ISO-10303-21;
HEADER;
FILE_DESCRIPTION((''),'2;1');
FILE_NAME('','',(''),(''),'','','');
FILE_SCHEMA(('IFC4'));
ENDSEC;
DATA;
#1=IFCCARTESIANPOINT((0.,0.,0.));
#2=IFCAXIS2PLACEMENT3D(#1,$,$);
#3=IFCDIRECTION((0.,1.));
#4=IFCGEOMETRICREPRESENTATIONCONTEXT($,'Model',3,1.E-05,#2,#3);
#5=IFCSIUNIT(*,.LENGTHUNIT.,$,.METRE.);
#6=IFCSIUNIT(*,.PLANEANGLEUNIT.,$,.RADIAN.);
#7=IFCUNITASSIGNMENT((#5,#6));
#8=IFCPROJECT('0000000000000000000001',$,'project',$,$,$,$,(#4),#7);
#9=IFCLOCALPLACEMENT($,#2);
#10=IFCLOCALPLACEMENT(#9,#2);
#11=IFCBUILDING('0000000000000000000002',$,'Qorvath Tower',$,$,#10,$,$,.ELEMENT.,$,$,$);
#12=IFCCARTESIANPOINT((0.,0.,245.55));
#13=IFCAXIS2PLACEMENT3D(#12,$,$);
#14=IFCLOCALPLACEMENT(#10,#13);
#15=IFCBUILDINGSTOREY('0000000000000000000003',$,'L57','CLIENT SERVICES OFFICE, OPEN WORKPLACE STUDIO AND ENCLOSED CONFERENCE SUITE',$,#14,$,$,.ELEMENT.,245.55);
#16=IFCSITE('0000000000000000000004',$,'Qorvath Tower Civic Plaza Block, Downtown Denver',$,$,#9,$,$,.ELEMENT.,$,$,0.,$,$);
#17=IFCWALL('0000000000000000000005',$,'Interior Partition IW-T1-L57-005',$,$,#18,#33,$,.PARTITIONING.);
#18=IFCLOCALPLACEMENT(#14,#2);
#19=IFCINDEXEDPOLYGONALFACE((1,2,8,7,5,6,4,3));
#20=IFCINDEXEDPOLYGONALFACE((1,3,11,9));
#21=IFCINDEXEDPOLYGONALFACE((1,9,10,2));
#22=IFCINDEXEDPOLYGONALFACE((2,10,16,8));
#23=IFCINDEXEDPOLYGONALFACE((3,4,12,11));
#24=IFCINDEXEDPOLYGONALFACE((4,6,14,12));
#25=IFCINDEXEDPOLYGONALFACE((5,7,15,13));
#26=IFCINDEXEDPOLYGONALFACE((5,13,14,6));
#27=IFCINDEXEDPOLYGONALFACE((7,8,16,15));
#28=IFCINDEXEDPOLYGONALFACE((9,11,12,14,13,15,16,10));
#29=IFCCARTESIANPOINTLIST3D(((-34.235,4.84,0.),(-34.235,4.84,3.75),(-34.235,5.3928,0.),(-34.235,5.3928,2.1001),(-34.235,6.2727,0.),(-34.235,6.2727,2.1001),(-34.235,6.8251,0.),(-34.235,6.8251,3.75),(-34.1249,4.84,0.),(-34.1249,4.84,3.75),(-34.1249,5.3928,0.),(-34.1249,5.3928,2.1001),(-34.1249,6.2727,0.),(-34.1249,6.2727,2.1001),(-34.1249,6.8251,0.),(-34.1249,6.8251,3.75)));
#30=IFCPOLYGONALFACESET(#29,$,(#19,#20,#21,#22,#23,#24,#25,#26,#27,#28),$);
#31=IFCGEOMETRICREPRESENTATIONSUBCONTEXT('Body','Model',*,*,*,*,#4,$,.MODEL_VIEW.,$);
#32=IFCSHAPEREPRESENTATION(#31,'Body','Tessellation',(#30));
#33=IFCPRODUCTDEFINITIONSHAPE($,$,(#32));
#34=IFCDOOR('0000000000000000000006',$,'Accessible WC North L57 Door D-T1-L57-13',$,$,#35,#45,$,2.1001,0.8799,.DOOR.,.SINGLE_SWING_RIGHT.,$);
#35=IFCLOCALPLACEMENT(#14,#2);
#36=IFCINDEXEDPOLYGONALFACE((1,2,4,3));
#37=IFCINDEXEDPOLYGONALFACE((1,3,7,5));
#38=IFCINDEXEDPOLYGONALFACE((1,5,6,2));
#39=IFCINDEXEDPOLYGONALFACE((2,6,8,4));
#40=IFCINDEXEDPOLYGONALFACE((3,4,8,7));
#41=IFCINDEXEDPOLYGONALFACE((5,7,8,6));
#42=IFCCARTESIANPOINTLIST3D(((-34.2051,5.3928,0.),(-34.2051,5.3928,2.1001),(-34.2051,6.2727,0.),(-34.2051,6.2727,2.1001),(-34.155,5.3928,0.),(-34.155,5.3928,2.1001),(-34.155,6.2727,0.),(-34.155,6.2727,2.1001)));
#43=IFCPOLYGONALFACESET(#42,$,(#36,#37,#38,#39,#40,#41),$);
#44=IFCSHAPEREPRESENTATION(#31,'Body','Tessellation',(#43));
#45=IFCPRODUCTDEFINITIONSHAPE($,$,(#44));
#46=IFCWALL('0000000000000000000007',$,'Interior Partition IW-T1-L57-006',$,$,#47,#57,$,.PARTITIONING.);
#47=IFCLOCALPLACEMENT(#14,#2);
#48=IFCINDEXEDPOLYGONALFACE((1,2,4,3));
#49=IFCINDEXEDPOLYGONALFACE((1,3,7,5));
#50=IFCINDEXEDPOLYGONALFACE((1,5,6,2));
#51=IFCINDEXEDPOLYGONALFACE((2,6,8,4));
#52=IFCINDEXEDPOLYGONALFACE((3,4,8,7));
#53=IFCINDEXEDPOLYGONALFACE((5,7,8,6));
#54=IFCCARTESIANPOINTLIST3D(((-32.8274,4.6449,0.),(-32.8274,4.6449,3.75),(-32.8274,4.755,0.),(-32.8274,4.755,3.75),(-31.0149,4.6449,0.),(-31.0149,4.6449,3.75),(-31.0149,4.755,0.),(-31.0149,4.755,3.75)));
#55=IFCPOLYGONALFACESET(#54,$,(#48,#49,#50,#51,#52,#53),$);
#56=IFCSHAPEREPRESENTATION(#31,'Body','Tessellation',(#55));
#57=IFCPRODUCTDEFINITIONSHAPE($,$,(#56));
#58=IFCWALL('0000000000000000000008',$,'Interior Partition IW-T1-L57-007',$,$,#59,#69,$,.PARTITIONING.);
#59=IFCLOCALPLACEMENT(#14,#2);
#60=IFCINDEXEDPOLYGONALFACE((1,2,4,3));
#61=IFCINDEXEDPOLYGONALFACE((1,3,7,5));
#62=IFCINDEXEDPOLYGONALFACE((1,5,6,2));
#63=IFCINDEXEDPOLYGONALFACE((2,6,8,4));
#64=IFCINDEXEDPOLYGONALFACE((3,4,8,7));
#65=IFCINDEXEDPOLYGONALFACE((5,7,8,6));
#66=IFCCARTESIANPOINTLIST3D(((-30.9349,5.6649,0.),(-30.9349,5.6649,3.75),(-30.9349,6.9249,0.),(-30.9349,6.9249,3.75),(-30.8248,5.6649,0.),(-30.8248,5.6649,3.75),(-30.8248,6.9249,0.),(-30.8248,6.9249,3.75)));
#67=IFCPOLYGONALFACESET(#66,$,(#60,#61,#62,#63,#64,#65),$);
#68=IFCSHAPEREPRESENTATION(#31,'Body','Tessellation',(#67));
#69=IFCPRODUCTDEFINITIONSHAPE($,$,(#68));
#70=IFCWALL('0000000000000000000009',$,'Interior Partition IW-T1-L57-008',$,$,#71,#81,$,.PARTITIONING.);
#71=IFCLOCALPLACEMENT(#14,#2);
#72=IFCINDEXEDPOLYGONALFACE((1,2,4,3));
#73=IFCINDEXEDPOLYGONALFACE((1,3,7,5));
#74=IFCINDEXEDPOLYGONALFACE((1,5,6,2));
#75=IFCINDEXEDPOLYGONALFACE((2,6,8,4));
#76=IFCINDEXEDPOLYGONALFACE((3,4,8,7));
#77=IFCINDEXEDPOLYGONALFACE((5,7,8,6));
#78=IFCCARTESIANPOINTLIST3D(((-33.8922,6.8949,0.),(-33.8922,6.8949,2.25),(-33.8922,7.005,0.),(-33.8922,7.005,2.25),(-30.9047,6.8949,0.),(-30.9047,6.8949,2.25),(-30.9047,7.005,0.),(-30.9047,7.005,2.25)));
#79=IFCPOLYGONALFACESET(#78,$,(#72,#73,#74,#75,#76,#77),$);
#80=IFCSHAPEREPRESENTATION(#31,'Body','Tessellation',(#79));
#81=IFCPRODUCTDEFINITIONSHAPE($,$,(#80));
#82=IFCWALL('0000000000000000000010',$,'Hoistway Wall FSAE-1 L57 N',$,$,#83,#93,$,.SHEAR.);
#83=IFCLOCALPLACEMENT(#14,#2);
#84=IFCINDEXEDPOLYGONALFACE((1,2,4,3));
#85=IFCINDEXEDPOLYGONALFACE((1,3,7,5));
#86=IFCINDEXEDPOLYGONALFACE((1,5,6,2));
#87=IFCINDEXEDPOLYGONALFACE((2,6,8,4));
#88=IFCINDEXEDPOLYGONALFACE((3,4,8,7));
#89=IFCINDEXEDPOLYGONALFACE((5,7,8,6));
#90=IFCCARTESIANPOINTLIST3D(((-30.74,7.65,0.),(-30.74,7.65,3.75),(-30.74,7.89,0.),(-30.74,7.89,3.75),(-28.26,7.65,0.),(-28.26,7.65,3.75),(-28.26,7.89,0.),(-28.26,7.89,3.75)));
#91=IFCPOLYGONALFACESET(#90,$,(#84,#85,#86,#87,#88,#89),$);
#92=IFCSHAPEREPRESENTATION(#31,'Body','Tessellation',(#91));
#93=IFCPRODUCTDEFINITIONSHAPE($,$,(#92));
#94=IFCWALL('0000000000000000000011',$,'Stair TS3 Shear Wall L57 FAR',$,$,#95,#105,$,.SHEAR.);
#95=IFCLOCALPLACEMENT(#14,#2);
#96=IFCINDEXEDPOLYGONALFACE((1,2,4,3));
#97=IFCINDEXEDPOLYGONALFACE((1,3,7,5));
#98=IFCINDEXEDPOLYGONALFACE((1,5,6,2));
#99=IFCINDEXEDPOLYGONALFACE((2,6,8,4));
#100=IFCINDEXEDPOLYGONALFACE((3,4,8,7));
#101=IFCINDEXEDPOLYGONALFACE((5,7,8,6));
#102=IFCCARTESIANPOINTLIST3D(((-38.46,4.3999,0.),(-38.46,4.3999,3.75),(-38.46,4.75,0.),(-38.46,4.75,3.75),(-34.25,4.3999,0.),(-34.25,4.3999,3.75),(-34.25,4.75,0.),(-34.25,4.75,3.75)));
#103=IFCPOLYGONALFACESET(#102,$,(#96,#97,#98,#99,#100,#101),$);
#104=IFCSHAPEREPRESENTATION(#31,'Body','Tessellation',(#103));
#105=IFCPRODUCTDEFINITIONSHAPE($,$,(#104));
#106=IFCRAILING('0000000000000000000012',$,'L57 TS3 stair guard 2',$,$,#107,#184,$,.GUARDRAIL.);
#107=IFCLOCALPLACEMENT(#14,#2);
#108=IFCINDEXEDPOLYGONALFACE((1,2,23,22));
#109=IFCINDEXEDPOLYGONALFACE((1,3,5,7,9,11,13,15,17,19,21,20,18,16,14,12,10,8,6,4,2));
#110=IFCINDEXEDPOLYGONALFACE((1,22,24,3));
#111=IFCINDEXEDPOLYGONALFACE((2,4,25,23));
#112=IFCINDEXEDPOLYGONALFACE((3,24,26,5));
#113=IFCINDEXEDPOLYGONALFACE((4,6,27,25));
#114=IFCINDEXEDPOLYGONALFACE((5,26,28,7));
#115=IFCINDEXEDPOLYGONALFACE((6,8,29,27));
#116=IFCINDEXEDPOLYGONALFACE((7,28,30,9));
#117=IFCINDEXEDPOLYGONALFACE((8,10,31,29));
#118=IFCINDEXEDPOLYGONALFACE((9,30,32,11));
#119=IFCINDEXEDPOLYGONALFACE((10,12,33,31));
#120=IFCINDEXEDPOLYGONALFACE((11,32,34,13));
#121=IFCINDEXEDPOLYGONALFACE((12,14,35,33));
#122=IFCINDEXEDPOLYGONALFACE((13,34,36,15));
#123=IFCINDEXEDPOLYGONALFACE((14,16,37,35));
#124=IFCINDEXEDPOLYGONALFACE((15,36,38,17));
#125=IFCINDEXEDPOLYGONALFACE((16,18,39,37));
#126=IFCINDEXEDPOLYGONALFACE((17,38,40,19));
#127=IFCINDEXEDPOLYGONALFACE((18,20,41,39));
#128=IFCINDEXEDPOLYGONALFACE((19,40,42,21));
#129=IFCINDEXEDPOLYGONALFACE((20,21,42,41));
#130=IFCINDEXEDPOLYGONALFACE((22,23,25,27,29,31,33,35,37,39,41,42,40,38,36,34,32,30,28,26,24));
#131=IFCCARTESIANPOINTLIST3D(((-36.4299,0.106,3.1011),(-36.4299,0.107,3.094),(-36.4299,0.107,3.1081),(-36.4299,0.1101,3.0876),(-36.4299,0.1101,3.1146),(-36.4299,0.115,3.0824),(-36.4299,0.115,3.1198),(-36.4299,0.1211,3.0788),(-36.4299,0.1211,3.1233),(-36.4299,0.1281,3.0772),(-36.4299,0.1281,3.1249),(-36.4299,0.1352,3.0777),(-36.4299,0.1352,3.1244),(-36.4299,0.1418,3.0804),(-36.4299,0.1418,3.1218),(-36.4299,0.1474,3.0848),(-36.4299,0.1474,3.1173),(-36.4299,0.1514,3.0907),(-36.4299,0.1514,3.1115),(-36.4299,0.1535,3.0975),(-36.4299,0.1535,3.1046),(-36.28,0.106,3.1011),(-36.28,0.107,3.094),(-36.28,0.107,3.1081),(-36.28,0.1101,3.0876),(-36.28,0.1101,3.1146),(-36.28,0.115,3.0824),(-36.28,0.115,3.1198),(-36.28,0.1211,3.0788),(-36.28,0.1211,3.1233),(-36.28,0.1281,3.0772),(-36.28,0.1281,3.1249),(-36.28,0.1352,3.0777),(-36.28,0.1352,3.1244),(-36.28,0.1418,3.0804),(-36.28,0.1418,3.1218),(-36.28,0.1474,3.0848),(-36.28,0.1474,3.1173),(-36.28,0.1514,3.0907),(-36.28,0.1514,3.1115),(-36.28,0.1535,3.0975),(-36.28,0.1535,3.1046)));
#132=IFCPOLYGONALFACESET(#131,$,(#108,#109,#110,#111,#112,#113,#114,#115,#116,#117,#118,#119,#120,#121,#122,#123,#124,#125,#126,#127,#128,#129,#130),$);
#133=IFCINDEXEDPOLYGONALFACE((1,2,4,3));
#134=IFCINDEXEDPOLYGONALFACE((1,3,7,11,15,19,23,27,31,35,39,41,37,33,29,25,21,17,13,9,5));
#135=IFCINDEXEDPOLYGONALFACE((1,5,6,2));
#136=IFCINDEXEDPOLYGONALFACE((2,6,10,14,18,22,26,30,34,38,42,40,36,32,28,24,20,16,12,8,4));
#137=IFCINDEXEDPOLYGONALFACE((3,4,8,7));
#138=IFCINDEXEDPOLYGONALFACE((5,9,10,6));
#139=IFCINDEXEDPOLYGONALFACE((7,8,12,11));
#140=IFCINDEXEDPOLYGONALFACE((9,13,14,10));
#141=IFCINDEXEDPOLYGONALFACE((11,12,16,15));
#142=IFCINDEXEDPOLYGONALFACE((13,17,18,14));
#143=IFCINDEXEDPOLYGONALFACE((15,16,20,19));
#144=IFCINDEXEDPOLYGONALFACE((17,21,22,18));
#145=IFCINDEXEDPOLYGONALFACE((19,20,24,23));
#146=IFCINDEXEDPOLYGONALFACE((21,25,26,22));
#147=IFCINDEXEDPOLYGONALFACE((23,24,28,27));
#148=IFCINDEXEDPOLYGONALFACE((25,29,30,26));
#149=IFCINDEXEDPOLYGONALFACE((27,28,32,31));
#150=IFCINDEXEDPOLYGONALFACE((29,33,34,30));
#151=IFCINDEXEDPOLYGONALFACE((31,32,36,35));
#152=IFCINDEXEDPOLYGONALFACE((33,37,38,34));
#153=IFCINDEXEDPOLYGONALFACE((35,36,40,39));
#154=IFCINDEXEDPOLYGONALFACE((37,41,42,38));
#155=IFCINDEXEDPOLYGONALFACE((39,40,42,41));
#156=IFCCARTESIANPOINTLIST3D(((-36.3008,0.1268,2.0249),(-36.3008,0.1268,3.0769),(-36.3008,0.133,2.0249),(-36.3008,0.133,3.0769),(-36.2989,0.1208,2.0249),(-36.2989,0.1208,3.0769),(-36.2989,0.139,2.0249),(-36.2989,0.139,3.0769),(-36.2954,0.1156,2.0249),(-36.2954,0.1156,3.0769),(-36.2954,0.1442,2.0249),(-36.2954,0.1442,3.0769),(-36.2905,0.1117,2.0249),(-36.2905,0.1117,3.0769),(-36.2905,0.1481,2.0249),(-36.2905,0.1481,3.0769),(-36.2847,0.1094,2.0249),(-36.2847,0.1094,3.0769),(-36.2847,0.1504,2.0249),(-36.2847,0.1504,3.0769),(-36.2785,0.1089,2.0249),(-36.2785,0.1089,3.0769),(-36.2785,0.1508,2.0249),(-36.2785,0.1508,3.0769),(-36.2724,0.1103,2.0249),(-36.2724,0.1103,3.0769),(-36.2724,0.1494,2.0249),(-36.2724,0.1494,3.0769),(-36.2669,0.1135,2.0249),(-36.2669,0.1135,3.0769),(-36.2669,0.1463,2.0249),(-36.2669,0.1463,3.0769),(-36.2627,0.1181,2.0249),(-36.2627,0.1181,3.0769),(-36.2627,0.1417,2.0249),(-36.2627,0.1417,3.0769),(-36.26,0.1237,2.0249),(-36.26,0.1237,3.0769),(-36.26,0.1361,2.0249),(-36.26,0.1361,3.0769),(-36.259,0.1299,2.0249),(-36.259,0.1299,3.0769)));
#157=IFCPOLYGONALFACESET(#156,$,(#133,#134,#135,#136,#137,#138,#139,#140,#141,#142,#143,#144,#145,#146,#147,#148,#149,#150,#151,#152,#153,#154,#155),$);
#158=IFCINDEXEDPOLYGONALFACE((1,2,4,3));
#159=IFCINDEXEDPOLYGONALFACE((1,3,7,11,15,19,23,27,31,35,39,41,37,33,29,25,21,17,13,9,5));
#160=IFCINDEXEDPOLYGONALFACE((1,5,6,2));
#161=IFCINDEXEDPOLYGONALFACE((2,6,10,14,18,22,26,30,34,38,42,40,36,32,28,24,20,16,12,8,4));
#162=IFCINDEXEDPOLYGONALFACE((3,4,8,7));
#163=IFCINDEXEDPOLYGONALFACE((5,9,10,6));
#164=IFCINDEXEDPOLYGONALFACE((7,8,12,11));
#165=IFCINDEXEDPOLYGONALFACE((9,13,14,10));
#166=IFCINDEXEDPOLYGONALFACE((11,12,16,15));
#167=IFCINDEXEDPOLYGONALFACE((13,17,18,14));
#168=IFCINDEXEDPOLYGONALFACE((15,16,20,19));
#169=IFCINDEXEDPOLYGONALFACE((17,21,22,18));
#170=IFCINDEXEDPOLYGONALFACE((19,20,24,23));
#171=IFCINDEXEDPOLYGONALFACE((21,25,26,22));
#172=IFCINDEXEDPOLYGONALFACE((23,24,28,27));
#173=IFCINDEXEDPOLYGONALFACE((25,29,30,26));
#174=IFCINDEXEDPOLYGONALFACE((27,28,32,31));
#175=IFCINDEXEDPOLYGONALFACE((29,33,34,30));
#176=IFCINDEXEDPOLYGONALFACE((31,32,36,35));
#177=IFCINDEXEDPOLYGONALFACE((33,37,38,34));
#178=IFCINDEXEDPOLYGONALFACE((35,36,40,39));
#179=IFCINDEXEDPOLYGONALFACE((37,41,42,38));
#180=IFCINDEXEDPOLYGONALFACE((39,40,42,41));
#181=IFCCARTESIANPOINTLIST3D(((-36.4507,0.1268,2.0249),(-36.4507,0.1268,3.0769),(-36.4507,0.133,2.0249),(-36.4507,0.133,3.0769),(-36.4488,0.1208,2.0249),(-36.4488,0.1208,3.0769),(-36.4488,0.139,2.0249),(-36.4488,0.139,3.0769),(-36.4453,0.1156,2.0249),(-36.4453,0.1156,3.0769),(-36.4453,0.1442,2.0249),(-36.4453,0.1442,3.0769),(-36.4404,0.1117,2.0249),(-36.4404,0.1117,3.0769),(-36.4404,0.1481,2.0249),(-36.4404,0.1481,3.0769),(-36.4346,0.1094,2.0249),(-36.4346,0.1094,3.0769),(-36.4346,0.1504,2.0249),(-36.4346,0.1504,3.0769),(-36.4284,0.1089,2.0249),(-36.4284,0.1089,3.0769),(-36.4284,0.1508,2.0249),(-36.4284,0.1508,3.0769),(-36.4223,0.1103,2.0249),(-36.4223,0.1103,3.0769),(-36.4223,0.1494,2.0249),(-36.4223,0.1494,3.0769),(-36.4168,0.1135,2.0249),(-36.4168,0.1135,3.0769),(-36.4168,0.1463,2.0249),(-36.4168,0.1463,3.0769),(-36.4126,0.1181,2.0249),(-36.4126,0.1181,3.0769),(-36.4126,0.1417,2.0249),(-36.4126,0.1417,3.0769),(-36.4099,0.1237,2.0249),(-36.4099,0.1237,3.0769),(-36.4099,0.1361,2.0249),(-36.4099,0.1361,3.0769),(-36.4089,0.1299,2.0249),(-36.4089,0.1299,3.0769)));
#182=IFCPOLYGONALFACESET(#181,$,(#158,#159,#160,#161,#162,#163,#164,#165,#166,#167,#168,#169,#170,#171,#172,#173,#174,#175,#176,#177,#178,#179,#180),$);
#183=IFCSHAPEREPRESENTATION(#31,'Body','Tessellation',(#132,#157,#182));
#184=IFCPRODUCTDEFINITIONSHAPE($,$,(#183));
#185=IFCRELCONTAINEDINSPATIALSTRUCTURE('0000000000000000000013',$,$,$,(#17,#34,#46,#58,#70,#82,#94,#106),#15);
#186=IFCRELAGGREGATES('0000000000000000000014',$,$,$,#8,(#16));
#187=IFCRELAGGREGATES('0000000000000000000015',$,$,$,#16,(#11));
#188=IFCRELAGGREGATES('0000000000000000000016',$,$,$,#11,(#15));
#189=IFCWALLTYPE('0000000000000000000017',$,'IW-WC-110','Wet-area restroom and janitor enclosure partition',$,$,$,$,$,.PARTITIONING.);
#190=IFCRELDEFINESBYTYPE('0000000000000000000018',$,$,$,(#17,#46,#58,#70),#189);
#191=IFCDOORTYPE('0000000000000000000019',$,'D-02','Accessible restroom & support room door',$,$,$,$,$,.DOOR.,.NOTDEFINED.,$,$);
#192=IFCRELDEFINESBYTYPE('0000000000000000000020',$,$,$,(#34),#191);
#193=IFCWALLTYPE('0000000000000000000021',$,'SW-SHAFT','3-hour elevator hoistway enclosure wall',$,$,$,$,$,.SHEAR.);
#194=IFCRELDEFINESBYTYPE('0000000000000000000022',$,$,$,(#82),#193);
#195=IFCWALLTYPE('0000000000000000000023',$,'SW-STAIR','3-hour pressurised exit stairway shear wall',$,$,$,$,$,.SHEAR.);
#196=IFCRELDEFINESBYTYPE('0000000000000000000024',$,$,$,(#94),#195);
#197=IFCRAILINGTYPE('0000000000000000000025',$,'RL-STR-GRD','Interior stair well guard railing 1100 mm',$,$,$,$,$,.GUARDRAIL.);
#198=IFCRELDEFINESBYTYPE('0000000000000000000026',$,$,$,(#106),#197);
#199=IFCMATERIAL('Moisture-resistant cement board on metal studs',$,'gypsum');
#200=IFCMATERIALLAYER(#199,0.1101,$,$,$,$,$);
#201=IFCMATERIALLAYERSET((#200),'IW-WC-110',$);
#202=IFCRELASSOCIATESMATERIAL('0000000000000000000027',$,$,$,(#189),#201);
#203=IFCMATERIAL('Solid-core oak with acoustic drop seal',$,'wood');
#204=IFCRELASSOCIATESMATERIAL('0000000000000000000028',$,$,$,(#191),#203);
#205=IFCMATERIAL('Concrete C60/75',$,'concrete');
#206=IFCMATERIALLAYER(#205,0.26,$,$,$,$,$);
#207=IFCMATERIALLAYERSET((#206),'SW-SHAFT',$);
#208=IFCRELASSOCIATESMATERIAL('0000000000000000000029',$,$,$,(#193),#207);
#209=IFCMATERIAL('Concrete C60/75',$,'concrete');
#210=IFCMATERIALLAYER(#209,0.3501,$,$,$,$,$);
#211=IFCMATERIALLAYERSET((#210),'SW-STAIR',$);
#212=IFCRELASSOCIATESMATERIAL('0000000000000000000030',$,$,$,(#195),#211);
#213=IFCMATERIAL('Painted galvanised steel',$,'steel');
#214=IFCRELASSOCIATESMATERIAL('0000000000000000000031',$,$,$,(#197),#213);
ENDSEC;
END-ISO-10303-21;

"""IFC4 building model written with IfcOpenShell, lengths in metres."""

from ifc_helpers import new_model, si_unit, direction, frame, frame_2d, origin, origin_2d, place, context, subcontext, project, spatial, rectangle, circle, extrude, material, layer, layer_set, type_object, element, fill, save


model = new_model("IFC4")

# Units and contexts
model_context = context("Model", 3, precision=1e-05, world=origin(), true_north=direction((0.0, 1.0)))
body_context = subcontext(model_context, "Body", "Model", "MODEL_VIEW")
ifc_project = project(units=[si_unit("LENGTHUNIT", "METRE"), si_unit("PLANEANGLEUNIT", "RADIAN")], contexts=[model_context])

# Site, building, storey
site_placement = place(None, origin())
site = spatial("IfcSite", under=ifc_project, at=site_placement, Name="Qorvath Tower Civic Plaza Block, Downtown Denver", CompositionType="ELEMENT", RefElevation=0.0)
building_placement = place(site_placement, origin())
building = spatial("IfcBuilding", under=site, at=building_placement, Name="Qorvath Tower", CompositionType="ELEMENT")
storey_placement = place(building_placement, frame((0.0, 0.0, 245.55)))
storey = spatial("IfcBuildingStorey", under=building, at=storey_placement, Name="L57", Description="CLIENT SERVICES OFFICE, OPEN WORKPLACE STUDIO AND ENCLOSED CONFERENCE SUITE", CompositionType="ELEMENT", Elevation=245.55)

# Wall, opening, door
ifc_material_1 = material(Name="Moisture-resistant cement board on metal studs", Category="gypsum")
ifc_layer_1 = layer(ifc_material_1, 0.1101)
ifc_layer_set_1 = layer_set([ifc_layer_1], Name="IW-WC-110")
wall_type_1 = type_object("IfcWallType", Name="IW-WC-110", Description="Wet-area restroom and janitor enclosure partition", PredefinedType="PARTITIONING", material=ifc_layer_set_1)
wall_1_placement = place(storey_placement, frame((-34.1799, 6.8252, 0.0), z_axis=(0.0, 0.0, 1.0), x_axis=(0.0, -1.0, 0.0)))
wall_1 = element("IfcWall", 1, at=wall_1_placement, inside=storey, type_object=wall_type_1, Name="Interior Partition IW-T1-L57-005", PredefinedType="PARTITIONING", context=body_context, shape_type="SweptSolid", body=[
    extrude(rectangle(XDim=1.9851, YDim=0.1101, at=frame_2d((0.9927, 0.0))), origin(), (0.0, 0.0, 1.0), 3.75),
])
opening_placement = place(wall_1_placement, frame((0.5525, 0.0, 0.0)))
opening = element("IfcOpeningElement", 2, at=opening_placement, cuts=wall_1, PredefinedType="OPENING", context=body_context, shape_type="SweptSolid", body=[
    extrude(rectangle(XDim=0.8799, YDim=2.1001, at=frame_2d((0.4399, 1.05))), frame((0.0, 0.0649, 0.0), z_axis=(0.0, -1.0, 0.0), x_axis=(1.0, 0.0, 0.0)), (0.0, 0.0, 1.0), 0.1301),
])
ifc_material_2 = material(Name="Solid-core oak with acoustic drop seal", Category="wood")
door_type = type_object("IfcDoorType", Name="D-02", Description="Accessible restroom & support room door", OperationType="NOTDEFINED", PredefinedType="DOOR", material=ifc_material_2)
door_placement = place(opening_placement, origin())
door = element("IfcDoor", 3, at=door_placement, inside=storey, type_object=door_type, Name="Accessible WC North L57 Door D-T1-L57-13", OperationType="SINGLE_SWING_RIGHT", OverallHeight=2.1001, OverallWidth=0.8799, PredefinedType="DOOR", context=body_context, shape_type="SweptSolid", body=[
    extrude(rectangle(XDim=0.8799, YDim=2.1001, at=frame_2d((0.4399, 1.05))), frame((0.0, 0.0249, 0.0), z_axis=(0.0, -1.0, 0.0), x_axis=(1.0, 0.0, 0.0)), (0.0, 0.0, 1.0), 0.05),
])
fill(opening, door)

# Walls
wall_2_placement = place(storey_placement, frame((-32.8274, 4.7, 0.0), z_axis=(0.0, 0.0, 1.0), x_axis=(1.0, 0.0, 0.0)))
element("IfcWall", 4, at=wall_2_placement, inside=storey, type_object=wall_type_1, Name="Interior Partition IW-T1-L57-006", PredefinedType="PARTITIONING", context=body_context, shape_type="SweptSolid", body=[
    extrude(rectangle(XDim=1.8125, YDim=0.1101, at=frame_2d((0.9062, 0.0))), origin(), (0.0, 0.0, 1.0), 3.75),
])
wall_3_placement = place(storey_placement, frame((-30.8799, 5.665, 0.0), z_axis=(0.0, 0.0, 1.0), x_axis=(0.0, 1.0, 0.0)))
element("IfcWall", 5, at=wall_3_placement, inside=storey, type_object=wall_type_1, Name="Interior Partition IW-T1-L57-007", PredefinedType="PARTITIONING", context=body_context, shape_type="SweptSolid", body=[
    extrude(rectangle(XDim=1.26, YDim=0.1101, at=frame_2d((0.6299, 0.0))), origin(), (0.0, 0.0, 1.0), 3.75),
])
wall_4_placement = place(storey_placement, frame((-30.9048, 6.95, 0.0), z_axis=(0.0, 0.0, 1.0), x_axis=(-1.0, 0.0, 0.0)))
element("IfcWall", 6, at=wall_4_placement, inside=storey, type_object=wall_type_1, Name="Interior Partition IW-T1-L57-008", PredefinedType="PARTITIONING", context=body_context, shape_type="SweptSolid", body=[
    extrude(rectangle(XDim=2.9875, YDim=0.1101, at=frame_2d((1.4937, 0.0))), origin(), (0.0, 0.0, 1.0), 2.25),
])
ifc_material_3 = material(Name="Concrete C60/75", Category="concrete")
ifc_layer_2 = layer(ifc_material_3, 0.26)
ifc_layer_set_2 = layer_set([ifc_layer_2], Name="SW-SHAFT")
wall_type_2 = type_object("IfcWallType", Name="SW-SHAFT", Description="3-hour elevator hoistway enclosure wall", PredefinedType="SHEAR", material=ifc_layer_set_2)
wall_5_placement = place(storey_placement, frame((-30.74, 7.77, 0.0), z_axis=(0.0, 0.0, 1.0), x_axis=(1.0, 0.0, 0.0)))
element("IfcWall", 7, at=wall_5_placement, inside=storey, type_object=wall_type_2, Name="Hoistway Wall FSAE-1 L57 N", PredefinedType="SHEAR", context=body_context, shape_type="SweptSolid", body=[
    extrude(rectangle(XDim=2.48, YDim=0.24, at=frame_2d((1.24, 0.0))), origin(), (0.0, 0.0, 1.0), 3.75),
])
ifc_material_4 = material(Name="Concrete C60/75", Category="concrete")
ifc_layer_3 = layer(ifc_material_4, 0.3501)
ifc_layer_set_3 = layer_set([ifc_layer_3], Name="SW-STAIR")
wall_type_3 = type_object("IfcWallType", Name="SW-STAIR", Description="3-hour pressurised exit stairway shear wall", PredefinedType="SHEAR", material=ifc_layer_set_3)
wall_6_placement = place(storey_placement, frame((-34.25, 4.575, 0.0), z_axis=(0.0, 0.0, 1.0), x_axis=(-1.0, 0.0, 0.0)))
element("IfcWall", 8, at=wall_6_placement, inside=storey, type_object=wall_type_3, Name="Stair TS3 Shear Wall L57 FAR", PredefinedType="SHEAR", context=body_context, shape_type="SweptSolid", body=[
    extrude(rectangle(XDim=4.21, YDim=0.3501, at=frame_2d((2.105, 0.0))), origin(), (0.0, 0.0, 1.0), 3.75),
])

# Railing
ifc_material_5 = material(Name="Painted galvanised steel", Category="steel")
railing_type = type_object("IfcRailingType", Name="RL-STR-GRD", Description="Interior stair well guard railing 1100 mm", PredefinedType="GUARDRAIL", material=ifc_material_5)
railing_placement = place(storey_placement, frame((-36.28, 0.1299, 2.0249)))
element("IfcRailing", 9, at=railing_placement, inside=storey, type_object=railing_type, Name="L57 TS3 stair guard 2", PredefinedType="GUARDRAIL", context=body_context, shape_type="SweptSolid", body=[
    extrude(circle(Radius=0.0239, at=origin_2d()), frame((0.0, 0.0, 1.0762), z_axis=(-1.0, 0.0, 0.0), x_axis=(0.0, -1.0, 0.0)), (0.0, 0.0, 1.0), 0.1499),
    extrude(circle(Radius=0.021, at=origin_2d()), origin(), (0.0, 0.0, 1.0), 1.052),
    extrude(circle(Radius=0.021, at=origin_2d()), frame((-0.1499, 0.0, 0.0)), (0.0, 0.0, 1.0), 1.052),
])

save(model, "model.ifc")
